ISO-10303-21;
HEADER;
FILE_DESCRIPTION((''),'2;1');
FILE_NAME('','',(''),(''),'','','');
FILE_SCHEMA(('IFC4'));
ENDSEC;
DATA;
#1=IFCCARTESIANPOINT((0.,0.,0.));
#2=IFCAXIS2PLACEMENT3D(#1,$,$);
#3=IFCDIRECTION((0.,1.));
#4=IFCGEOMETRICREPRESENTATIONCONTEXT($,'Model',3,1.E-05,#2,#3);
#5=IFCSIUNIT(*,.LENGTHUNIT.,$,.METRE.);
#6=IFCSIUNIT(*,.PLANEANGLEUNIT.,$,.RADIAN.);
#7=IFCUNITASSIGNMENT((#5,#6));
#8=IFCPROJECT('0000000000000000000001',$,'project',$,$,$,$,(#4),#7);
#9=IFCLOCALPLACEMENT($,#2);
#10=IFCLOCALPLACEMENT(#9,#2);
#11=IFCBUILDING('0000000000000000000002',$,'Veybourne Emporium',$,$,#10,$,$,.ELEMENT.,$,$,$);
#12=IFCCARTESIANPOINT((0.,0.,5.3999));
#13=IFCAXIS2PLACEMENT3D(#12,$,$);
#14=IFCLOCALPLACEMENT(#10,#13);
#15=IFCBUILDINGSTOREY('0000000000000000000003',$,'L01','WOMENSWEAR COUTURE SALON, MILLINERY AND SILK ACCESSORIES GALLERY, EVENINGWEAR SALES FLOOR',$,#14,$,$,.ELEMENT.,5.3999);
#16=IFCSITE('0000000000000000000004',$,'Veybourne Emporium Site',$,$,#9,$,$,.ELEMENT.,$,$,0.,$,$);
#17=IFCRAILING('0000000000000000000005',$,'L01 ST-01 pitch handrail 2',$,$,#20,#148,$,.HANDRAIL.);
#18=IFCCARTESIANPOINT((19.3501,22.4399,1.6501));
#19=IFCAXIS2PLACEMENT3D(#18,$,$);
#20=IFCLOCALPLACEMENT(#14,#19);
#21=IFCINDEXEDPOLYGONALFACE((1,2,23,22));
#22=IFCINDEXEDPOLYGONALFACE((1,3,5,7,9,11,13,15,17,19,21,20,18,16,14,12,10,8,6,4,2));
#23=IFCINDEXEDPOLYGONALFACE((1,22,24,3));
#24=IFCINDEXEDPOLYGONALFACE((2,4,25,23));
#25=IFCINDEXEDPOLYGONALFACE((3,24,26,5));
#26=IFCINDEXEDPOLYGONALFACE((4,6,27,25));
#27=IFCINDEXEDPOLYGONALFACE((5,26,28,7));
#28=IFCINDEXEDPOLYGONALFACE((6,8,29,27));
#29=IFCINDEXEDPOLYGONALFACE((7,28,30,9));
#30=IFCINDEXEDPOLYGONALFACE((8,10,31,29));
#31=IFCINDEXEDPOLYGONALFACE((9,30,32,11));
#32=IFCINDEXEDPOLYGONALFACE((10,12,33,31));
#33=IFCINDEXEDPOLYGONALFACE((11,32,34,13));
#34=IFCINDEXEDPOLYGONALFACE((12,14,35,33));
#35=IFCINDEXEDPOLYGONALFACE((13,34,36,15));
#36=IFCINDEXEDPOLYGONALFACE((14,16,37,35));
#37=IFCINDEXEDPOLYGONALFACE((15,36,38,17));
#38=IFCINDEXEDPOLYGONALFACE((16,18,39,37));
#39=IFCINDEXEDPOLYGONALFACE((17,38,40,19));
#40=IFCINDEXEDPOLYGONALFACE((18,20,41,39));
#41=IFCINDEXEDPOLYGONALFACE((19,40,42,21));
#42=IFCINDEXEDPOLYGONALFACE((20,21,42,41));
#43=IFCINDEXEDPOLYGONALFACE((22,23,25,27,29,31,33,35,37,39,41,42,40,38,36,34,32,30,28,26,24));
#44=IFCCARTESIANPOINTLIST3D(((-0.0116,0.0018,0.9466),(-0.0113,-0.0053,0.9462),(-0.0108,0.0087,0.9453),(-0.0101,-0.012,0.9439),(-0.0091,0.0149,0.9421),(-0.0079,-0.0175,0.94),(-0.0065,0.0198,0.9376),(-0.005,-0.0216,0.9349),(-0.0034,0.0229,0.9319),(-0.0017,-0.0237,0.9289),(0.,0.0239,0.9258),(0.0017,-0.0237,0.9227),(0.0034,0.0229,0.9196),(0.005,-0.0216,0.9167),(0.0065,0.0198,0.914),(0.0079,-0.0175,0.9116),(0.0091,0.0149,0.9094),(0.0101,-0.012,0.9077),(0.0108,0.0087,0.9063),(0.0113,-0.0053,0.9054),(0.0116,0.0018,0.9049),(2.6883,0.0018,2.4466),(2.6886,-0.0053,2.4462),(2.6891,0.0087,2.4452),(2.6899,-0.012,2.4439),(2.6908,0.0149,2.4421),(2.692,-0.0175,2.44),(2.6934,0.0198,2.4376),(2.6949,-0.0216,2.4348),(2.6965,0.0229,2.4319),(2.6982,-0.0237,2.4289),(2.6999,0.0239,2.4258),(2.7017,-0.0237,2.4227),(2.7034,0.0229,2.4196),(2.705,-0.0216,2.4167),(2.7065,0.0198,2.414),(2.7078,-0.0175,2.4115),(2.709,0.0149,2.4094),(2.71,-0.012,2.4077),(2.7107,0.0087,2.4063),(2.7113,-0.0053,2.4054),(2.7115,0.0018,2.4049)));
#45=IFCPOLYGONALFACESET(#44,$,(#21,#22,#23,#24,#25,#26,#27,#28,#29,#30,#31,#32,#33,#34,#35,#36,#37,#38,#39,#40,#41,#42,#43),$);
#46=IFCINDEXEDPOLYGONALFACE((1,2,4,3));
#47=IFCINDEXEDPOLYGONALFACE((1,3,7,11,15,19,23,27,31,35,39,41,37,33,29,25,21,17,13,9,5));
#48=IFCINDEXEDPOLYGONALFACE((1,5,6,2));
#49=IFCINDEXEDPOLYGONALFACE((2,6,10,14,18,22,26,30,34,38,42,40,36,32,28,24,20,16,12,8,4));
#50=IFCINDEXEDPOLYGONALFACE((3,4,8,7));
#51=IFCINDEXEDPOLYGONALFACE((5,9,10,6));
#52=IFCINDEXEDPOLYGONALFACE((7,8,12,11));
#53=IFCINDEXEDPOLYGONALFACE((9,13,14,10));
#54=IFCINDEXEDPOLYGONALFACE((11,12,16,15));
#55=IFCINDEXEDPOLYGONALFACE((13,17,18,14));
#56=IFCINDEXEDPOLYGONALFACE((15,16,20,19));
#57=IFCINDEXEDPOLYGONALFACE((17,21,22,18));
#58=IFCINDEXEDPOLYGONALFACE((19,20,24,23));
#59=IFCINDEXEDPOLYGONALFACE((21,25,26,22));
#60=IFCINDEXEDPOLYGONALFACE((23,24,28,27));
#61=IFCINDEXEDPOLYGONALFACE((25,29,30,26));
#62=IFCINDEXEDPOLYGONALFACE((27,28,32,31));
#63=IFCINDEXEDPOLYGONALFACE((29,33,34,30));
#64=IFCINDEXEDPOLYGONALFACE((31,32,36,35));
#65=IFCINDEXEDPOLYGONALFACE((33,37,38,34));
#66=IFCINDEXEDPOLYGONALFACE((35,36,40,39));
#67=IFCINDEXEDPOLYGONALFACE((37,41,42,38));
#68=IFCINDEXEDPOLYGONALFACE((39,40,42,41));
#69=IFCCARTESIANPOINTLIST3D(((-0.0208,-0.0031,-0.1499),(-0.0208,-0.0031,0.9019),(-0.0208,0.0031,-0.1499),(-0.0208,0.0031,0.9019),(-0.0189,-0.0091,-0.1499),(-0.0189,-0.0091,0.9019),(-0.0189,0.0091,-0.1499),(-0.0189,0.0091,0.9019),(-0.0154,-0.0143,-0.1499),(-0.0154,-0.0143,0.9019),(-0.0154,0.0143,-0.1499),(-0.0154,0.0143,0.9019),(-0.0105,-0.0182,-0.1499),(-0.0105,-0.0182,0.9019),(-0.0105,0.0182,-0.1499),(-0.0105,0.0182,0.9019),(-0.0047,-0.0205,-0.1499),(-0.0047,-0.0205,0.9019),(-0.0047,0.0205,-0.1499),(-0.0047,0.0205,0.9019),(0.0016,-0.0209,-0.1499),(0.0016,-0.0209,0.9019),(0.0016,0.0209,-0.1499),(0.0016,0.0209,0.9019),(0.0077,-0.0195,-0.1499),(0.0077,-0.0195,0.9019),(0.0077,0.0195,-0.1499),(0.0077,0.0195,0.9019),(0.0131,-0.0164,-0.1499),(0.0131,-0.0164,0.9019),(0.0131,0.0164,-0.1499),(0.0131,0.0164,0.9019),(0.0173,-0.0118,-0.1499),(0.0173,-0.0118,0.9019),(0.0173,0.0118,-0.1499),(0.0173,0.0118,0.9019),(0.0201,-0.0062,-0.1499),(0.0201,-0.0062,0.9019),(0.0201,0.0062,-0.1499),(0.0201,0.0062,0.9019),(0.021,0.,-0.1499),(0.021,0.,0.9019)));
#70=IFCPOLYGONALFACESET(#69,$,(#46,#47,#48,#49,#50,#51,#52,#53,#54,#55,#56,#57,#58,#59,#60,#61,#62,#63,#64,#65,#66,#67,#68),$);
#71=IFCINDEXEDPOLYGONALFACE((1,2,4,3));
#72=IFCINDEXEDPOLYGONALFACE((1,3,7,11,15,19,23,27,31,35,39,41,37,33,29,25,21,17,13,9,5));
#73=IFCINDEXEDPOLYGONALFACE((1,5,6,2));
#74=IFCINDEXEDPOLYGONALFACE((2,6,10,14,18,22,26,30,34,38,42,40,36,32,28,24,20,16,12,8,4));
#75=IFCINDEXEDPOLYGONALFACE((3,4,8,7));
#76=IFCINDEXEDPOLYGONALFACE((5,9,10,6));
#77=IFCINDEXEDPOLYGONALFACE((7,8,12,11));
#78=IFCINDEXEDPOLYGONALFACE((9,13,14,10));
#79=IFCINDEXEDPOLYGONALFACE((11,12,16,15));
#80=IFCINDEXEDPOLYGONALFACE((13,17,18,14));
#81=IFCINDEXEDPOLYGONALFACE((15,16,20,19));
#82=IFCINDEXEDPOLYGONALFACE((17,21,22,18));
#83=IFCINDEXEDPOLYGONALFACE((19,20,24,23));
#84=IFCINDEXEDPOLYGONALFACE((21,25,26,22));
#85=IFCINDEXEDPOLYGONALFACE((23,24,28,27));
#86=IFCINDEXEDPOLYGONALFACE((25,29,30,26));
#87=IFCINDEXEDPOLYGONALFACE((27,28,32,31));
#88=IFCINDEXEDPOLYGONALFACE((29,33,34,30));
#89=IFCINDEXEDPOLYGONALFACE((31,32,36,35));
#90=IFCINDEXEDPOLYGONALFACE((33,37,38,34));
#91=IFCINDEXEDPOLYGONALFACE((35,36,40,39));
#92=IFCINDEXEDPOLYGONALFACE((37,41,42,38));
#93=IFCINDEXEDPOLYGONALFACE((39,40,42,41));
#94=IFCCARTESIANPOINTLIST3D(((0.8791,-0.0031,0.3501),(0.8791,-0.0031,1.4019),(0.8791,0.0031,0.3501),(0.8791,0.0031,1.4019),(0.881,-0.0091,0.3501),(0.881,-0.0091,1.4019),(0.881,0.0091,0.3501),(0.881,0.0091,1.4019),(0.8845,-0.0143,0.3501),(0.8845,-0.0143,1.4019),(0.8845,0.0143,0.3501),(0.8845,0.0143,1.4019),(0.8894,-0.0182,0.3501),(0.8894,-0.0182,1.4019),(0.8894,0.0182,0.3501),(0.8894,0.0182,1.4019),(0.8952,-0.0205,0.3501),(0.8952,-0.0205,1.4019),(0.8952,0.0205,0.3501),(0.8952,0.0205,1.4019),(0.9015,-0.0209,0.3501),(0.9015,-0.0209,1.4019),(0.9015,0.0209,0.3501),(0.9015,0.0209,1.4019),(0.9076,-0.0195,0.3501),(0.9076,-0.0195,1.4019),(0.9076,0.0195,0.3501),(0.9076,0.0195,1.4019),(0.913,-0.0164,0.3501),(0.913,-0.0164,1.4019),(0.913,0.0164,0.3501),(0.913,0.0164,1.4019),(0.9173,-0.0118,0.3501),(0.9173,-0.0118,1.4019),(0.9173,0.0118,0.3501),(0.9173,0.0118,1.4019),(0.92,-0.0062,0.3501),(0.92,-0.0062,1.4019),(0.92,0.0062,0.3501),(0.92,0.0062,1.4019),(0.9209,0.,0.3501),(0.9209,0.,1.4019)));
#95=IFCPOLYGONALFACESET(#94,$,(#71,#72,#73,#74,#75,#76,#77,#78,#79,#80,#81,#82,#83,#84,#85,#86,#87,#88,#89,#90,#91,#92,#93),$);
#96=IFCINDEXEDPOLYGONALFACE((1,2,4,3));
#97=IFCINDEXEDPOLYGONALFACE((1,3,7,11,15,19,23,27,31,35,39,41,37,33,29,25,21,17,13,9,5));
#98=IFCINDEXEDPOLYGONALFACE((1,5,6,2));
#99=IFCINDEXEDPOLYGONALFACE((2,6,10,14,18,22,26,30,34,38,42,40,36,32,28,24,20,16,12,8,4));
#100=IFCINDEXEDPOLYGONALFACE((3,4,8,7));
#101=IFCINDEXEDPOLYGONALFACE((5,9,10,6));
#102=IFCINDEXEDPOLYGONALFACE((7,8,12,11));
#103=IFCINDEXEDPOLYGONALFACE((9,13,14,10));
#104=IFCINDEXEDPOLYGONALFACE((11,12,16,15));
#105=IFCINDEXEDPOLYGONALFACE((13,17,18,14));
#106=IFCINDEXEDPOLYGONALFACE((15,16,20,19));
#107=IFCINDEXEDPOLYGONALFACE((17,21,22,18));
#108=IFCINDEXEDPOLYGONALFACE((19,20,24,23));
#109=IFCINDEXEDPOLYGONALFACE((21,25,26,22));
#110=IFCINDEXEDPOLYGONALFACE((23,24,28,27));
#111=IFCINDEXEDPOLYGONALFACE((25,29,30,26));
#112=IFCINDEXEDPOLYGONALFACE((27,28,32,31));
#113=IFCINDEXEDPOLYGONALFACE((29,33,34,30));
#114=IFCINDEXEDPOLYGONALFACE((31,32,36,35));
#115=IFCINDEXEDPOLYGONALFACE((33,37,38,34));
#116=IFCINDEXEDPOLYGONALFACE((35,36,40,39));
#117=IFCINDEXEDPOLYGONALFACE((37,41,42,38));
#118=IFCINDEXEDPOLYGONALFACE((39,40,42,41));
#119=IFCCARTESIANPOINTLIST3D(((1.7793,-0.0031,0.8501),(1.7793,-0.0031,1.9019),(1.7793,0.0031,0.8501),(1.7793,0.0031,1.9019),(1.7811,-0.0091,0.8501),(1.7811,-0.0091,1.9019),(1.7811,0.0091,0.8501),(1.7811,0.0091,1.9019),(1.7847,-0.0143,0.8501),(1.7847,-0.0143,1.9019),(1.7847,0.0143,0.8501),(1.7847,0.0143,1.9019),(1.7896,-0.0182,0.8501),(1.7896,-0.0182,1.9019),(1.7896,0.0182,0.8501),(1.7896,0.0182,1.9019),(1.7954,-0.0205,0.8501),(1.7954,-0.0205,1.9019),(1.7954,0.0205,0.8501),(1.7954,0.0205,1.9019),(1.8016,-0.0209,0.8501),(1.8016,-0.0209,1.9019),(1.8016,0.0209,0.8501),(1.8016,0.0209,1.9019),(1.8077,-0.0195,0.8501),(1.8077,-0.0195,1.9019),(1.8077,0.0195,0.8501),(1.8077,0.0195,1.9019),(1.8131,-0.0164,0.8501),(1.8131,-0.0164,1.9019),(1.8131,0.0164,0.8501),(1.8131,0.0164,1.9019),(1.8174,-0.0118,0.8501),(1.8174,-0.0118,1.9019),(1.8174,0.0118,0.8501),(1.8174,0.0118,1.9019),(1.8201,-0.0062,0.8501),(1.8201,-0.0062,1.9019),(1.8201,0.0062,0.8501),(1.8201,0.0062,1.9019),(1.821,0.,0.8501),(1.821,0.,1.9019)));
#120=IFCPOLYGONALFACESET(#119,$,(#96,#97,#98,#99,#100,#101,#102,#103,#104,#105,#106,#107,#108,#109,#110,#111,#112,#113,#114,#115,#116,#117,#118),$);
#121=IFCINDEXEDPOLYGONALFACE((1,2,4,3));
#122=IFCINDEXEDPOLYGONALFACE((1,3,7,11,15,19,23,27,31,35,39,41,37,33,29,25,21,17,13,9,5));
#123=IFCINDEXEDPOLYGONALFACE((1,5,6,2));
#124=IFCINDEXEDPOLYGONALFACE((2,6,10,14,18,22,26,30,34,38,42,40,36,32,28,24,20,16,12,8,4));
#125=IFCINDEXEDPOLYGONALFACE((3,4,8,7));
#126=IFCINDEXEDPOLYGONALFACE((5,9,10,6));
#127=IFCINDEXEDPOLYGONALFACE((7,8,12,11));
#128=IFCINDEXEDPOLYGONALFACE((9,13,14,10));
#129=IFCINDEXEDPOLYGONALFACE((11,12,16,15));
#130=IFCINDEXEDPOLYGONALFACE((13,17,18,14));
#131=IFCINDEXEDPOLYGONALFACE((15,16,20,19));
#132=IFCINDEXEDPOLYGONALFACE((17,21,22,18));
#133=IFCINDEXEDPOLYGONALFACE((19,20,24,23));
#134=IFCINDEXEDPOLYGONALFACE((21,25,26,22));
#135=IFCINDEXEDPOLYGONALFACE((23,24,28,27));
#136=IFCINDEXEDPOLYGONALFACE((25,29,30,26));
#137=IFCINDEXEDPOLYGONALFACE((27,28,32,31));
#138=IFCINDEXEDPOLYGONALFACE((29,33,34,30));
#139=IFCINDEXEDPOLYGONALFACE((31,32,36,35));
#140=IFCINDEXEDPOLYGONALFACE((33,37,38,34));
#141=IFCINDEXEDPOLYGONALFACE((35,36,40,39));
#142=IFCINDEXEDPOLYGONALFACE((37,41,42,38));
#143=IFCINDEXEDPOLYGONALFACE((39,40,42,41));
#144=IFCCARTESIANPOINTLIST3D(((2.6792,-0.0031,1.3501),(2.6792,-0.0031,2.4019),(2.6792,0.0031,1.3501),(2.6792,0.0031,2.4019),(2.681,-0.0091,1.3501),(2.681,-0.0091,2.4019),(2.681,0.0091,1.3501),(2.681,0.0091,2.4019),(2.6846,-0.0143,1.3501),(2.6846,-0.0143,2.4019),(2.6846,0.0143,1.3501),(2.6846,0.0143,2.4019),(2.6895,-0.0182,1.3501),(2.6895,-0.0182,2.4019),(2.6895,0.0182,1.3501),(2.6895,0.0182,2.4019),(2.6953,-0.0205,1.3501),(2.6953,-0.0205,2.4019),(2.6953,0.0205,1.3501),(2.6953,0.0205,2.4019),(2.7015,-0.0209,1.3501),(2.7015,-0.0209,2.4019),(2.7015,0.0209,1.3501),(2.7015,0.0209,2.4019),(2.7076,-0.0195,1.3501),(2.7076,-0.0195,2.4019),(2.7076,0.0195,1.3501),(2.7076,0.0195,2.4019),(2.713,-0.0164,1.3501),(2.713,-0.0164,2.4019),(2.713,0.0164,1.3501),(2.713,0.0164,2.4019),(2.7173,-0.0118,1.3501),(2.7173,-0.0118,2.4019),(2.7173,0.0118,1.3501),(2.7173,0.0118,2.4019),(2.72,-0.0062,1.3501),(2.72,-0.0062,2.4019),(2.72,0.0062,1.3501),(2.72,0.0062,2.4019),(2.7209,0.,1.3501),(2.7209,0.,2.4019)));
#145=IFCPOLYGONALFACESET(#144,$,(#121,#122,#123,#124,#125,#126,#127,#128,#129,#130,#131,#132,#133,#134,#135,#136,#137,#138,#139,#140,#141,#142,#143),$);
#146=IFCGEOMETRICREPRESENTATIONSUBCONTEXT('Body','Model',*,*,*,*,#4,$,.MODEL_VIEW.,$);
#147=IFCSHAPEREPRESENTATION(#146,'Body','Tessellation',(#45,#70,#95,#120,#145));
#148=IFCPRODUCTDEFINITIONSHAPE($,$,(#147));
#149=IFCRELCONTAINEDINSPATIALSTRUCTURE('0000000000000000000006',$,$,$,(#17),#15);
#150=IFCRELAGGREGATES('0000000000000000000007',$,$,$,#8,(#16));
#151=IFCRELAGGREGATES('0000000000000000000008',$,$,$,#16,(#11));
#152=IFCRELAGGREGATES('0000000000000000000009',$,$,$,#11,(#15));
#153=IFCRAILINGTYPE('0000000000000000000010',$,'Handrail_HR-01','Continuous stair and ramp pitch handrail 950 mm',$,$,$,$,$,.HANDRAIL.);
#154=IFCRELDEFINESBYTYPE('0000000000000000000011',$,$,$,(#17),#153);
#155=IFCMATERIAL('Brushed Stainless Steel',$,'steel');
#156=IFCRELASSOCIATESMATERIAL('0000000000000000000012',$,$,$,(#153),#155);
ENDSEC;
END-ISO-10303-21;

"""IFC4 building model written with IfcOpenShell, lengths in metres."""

from ifc_helpers import new_model, si_unit, direction, frame, origin, origin_2d, place, context, subcontext, project, spatial, circle, extrude, material, type_object, element, save


model = new_model("IFC4")

# Units and contexts
model_context = context("Model", 3, precision=1e-05, world=origin(), true_north=direction((0.0, 1.0)))
body_context = subcontext(model_context, "Body", "Model", "MODEL_VIEW")
ifc_project = project(units=[si_unit("LENGTHUNIT", "METRE"), si_unit("PLANEANGLEUNIT", "RADIAN")], contexts=[model_context])

# Site, building, storey
site_placement = place(None, origin())
site = spatial("IfcSite", under=ifc_project, at=site_placement, Name="Veybourne Emporium Site", CompositionType="ELEMENT", RefElevation=0.0)
building_placement = place(site_placement, origin())
building = spatial("IfcBuilding", under=site, at=building_placement, Name="Veybourne Emporium", CompositionType="ELEMENT")
storey_placement = place(building_placement, frame((0.0, 0.0, 5.3999)))
storey = spatial("IfcBuildingStorey", under=building, at=storey_placement, Name="L01", Description="WOMENSWEAR COUTURE SALON, MILLINERY AND SILK ACCESSORIES GALLERY, EVENINGWEAR SALES FLOOR", CompositionType="ELEMENT", Elevation=5.3999)

# Railing
ifc_material_1 = material(Name="Brushed Stainless Steel", Category="steel")
railing_type_1 = type_object("IfcRailingType", Name="Handrail_HR-01", Description="Continuous stair and ramp pitch handrail 950 mm", PredefinedType="HANDRAIL", material=ifc_material_1)
railing_1_placement = place(storey_placement, frame((19.3501, 22.4399, 1.6501)))
element("IfcRailing", 1, at=railing_1_placement, inside=storey, type_object=railing_type_1, Name="L01 ST-01 pitch handrail 2", PredefinedType="HANDRAIL", context=body_context, shape_type="SweptSolid", body=[
    extrude(circle(Radius=0.0239, at=origin_2d()), frame((0.0, 0.0, 0.9258), z_axis=(0.874154, 0.0, 0.48565), x_axis=(0.0, 1.0, 0.0)), (0.0, 0.0, 1.0), 3.0886),
    extrude(circle(Radius=0.021, at=origin_2d()), frame((0.0, 0.0, -0.1499)), (0.0, 0.0, 1.0), 1.0518),
    extrude(circle(Radius=0.021, at=origin_2d()), frame((0.8999, 0.0, 0.3501)), (0.0, 0.0, 1.0), 1.0518),
    extrude(circle(Radius=0.021, at=origin_2d()), frame((1.8, 0.0, 0.8501)), (0.0, 0.0, 1.0), 1.0518),
    extrude(circle(Radius=0.021, at=origin_2d()), frame((2.7, 0.0, 1.3501)), (0.0, 0.0, 1.0), 1.0518),
])

save(model, "model.ifc")
